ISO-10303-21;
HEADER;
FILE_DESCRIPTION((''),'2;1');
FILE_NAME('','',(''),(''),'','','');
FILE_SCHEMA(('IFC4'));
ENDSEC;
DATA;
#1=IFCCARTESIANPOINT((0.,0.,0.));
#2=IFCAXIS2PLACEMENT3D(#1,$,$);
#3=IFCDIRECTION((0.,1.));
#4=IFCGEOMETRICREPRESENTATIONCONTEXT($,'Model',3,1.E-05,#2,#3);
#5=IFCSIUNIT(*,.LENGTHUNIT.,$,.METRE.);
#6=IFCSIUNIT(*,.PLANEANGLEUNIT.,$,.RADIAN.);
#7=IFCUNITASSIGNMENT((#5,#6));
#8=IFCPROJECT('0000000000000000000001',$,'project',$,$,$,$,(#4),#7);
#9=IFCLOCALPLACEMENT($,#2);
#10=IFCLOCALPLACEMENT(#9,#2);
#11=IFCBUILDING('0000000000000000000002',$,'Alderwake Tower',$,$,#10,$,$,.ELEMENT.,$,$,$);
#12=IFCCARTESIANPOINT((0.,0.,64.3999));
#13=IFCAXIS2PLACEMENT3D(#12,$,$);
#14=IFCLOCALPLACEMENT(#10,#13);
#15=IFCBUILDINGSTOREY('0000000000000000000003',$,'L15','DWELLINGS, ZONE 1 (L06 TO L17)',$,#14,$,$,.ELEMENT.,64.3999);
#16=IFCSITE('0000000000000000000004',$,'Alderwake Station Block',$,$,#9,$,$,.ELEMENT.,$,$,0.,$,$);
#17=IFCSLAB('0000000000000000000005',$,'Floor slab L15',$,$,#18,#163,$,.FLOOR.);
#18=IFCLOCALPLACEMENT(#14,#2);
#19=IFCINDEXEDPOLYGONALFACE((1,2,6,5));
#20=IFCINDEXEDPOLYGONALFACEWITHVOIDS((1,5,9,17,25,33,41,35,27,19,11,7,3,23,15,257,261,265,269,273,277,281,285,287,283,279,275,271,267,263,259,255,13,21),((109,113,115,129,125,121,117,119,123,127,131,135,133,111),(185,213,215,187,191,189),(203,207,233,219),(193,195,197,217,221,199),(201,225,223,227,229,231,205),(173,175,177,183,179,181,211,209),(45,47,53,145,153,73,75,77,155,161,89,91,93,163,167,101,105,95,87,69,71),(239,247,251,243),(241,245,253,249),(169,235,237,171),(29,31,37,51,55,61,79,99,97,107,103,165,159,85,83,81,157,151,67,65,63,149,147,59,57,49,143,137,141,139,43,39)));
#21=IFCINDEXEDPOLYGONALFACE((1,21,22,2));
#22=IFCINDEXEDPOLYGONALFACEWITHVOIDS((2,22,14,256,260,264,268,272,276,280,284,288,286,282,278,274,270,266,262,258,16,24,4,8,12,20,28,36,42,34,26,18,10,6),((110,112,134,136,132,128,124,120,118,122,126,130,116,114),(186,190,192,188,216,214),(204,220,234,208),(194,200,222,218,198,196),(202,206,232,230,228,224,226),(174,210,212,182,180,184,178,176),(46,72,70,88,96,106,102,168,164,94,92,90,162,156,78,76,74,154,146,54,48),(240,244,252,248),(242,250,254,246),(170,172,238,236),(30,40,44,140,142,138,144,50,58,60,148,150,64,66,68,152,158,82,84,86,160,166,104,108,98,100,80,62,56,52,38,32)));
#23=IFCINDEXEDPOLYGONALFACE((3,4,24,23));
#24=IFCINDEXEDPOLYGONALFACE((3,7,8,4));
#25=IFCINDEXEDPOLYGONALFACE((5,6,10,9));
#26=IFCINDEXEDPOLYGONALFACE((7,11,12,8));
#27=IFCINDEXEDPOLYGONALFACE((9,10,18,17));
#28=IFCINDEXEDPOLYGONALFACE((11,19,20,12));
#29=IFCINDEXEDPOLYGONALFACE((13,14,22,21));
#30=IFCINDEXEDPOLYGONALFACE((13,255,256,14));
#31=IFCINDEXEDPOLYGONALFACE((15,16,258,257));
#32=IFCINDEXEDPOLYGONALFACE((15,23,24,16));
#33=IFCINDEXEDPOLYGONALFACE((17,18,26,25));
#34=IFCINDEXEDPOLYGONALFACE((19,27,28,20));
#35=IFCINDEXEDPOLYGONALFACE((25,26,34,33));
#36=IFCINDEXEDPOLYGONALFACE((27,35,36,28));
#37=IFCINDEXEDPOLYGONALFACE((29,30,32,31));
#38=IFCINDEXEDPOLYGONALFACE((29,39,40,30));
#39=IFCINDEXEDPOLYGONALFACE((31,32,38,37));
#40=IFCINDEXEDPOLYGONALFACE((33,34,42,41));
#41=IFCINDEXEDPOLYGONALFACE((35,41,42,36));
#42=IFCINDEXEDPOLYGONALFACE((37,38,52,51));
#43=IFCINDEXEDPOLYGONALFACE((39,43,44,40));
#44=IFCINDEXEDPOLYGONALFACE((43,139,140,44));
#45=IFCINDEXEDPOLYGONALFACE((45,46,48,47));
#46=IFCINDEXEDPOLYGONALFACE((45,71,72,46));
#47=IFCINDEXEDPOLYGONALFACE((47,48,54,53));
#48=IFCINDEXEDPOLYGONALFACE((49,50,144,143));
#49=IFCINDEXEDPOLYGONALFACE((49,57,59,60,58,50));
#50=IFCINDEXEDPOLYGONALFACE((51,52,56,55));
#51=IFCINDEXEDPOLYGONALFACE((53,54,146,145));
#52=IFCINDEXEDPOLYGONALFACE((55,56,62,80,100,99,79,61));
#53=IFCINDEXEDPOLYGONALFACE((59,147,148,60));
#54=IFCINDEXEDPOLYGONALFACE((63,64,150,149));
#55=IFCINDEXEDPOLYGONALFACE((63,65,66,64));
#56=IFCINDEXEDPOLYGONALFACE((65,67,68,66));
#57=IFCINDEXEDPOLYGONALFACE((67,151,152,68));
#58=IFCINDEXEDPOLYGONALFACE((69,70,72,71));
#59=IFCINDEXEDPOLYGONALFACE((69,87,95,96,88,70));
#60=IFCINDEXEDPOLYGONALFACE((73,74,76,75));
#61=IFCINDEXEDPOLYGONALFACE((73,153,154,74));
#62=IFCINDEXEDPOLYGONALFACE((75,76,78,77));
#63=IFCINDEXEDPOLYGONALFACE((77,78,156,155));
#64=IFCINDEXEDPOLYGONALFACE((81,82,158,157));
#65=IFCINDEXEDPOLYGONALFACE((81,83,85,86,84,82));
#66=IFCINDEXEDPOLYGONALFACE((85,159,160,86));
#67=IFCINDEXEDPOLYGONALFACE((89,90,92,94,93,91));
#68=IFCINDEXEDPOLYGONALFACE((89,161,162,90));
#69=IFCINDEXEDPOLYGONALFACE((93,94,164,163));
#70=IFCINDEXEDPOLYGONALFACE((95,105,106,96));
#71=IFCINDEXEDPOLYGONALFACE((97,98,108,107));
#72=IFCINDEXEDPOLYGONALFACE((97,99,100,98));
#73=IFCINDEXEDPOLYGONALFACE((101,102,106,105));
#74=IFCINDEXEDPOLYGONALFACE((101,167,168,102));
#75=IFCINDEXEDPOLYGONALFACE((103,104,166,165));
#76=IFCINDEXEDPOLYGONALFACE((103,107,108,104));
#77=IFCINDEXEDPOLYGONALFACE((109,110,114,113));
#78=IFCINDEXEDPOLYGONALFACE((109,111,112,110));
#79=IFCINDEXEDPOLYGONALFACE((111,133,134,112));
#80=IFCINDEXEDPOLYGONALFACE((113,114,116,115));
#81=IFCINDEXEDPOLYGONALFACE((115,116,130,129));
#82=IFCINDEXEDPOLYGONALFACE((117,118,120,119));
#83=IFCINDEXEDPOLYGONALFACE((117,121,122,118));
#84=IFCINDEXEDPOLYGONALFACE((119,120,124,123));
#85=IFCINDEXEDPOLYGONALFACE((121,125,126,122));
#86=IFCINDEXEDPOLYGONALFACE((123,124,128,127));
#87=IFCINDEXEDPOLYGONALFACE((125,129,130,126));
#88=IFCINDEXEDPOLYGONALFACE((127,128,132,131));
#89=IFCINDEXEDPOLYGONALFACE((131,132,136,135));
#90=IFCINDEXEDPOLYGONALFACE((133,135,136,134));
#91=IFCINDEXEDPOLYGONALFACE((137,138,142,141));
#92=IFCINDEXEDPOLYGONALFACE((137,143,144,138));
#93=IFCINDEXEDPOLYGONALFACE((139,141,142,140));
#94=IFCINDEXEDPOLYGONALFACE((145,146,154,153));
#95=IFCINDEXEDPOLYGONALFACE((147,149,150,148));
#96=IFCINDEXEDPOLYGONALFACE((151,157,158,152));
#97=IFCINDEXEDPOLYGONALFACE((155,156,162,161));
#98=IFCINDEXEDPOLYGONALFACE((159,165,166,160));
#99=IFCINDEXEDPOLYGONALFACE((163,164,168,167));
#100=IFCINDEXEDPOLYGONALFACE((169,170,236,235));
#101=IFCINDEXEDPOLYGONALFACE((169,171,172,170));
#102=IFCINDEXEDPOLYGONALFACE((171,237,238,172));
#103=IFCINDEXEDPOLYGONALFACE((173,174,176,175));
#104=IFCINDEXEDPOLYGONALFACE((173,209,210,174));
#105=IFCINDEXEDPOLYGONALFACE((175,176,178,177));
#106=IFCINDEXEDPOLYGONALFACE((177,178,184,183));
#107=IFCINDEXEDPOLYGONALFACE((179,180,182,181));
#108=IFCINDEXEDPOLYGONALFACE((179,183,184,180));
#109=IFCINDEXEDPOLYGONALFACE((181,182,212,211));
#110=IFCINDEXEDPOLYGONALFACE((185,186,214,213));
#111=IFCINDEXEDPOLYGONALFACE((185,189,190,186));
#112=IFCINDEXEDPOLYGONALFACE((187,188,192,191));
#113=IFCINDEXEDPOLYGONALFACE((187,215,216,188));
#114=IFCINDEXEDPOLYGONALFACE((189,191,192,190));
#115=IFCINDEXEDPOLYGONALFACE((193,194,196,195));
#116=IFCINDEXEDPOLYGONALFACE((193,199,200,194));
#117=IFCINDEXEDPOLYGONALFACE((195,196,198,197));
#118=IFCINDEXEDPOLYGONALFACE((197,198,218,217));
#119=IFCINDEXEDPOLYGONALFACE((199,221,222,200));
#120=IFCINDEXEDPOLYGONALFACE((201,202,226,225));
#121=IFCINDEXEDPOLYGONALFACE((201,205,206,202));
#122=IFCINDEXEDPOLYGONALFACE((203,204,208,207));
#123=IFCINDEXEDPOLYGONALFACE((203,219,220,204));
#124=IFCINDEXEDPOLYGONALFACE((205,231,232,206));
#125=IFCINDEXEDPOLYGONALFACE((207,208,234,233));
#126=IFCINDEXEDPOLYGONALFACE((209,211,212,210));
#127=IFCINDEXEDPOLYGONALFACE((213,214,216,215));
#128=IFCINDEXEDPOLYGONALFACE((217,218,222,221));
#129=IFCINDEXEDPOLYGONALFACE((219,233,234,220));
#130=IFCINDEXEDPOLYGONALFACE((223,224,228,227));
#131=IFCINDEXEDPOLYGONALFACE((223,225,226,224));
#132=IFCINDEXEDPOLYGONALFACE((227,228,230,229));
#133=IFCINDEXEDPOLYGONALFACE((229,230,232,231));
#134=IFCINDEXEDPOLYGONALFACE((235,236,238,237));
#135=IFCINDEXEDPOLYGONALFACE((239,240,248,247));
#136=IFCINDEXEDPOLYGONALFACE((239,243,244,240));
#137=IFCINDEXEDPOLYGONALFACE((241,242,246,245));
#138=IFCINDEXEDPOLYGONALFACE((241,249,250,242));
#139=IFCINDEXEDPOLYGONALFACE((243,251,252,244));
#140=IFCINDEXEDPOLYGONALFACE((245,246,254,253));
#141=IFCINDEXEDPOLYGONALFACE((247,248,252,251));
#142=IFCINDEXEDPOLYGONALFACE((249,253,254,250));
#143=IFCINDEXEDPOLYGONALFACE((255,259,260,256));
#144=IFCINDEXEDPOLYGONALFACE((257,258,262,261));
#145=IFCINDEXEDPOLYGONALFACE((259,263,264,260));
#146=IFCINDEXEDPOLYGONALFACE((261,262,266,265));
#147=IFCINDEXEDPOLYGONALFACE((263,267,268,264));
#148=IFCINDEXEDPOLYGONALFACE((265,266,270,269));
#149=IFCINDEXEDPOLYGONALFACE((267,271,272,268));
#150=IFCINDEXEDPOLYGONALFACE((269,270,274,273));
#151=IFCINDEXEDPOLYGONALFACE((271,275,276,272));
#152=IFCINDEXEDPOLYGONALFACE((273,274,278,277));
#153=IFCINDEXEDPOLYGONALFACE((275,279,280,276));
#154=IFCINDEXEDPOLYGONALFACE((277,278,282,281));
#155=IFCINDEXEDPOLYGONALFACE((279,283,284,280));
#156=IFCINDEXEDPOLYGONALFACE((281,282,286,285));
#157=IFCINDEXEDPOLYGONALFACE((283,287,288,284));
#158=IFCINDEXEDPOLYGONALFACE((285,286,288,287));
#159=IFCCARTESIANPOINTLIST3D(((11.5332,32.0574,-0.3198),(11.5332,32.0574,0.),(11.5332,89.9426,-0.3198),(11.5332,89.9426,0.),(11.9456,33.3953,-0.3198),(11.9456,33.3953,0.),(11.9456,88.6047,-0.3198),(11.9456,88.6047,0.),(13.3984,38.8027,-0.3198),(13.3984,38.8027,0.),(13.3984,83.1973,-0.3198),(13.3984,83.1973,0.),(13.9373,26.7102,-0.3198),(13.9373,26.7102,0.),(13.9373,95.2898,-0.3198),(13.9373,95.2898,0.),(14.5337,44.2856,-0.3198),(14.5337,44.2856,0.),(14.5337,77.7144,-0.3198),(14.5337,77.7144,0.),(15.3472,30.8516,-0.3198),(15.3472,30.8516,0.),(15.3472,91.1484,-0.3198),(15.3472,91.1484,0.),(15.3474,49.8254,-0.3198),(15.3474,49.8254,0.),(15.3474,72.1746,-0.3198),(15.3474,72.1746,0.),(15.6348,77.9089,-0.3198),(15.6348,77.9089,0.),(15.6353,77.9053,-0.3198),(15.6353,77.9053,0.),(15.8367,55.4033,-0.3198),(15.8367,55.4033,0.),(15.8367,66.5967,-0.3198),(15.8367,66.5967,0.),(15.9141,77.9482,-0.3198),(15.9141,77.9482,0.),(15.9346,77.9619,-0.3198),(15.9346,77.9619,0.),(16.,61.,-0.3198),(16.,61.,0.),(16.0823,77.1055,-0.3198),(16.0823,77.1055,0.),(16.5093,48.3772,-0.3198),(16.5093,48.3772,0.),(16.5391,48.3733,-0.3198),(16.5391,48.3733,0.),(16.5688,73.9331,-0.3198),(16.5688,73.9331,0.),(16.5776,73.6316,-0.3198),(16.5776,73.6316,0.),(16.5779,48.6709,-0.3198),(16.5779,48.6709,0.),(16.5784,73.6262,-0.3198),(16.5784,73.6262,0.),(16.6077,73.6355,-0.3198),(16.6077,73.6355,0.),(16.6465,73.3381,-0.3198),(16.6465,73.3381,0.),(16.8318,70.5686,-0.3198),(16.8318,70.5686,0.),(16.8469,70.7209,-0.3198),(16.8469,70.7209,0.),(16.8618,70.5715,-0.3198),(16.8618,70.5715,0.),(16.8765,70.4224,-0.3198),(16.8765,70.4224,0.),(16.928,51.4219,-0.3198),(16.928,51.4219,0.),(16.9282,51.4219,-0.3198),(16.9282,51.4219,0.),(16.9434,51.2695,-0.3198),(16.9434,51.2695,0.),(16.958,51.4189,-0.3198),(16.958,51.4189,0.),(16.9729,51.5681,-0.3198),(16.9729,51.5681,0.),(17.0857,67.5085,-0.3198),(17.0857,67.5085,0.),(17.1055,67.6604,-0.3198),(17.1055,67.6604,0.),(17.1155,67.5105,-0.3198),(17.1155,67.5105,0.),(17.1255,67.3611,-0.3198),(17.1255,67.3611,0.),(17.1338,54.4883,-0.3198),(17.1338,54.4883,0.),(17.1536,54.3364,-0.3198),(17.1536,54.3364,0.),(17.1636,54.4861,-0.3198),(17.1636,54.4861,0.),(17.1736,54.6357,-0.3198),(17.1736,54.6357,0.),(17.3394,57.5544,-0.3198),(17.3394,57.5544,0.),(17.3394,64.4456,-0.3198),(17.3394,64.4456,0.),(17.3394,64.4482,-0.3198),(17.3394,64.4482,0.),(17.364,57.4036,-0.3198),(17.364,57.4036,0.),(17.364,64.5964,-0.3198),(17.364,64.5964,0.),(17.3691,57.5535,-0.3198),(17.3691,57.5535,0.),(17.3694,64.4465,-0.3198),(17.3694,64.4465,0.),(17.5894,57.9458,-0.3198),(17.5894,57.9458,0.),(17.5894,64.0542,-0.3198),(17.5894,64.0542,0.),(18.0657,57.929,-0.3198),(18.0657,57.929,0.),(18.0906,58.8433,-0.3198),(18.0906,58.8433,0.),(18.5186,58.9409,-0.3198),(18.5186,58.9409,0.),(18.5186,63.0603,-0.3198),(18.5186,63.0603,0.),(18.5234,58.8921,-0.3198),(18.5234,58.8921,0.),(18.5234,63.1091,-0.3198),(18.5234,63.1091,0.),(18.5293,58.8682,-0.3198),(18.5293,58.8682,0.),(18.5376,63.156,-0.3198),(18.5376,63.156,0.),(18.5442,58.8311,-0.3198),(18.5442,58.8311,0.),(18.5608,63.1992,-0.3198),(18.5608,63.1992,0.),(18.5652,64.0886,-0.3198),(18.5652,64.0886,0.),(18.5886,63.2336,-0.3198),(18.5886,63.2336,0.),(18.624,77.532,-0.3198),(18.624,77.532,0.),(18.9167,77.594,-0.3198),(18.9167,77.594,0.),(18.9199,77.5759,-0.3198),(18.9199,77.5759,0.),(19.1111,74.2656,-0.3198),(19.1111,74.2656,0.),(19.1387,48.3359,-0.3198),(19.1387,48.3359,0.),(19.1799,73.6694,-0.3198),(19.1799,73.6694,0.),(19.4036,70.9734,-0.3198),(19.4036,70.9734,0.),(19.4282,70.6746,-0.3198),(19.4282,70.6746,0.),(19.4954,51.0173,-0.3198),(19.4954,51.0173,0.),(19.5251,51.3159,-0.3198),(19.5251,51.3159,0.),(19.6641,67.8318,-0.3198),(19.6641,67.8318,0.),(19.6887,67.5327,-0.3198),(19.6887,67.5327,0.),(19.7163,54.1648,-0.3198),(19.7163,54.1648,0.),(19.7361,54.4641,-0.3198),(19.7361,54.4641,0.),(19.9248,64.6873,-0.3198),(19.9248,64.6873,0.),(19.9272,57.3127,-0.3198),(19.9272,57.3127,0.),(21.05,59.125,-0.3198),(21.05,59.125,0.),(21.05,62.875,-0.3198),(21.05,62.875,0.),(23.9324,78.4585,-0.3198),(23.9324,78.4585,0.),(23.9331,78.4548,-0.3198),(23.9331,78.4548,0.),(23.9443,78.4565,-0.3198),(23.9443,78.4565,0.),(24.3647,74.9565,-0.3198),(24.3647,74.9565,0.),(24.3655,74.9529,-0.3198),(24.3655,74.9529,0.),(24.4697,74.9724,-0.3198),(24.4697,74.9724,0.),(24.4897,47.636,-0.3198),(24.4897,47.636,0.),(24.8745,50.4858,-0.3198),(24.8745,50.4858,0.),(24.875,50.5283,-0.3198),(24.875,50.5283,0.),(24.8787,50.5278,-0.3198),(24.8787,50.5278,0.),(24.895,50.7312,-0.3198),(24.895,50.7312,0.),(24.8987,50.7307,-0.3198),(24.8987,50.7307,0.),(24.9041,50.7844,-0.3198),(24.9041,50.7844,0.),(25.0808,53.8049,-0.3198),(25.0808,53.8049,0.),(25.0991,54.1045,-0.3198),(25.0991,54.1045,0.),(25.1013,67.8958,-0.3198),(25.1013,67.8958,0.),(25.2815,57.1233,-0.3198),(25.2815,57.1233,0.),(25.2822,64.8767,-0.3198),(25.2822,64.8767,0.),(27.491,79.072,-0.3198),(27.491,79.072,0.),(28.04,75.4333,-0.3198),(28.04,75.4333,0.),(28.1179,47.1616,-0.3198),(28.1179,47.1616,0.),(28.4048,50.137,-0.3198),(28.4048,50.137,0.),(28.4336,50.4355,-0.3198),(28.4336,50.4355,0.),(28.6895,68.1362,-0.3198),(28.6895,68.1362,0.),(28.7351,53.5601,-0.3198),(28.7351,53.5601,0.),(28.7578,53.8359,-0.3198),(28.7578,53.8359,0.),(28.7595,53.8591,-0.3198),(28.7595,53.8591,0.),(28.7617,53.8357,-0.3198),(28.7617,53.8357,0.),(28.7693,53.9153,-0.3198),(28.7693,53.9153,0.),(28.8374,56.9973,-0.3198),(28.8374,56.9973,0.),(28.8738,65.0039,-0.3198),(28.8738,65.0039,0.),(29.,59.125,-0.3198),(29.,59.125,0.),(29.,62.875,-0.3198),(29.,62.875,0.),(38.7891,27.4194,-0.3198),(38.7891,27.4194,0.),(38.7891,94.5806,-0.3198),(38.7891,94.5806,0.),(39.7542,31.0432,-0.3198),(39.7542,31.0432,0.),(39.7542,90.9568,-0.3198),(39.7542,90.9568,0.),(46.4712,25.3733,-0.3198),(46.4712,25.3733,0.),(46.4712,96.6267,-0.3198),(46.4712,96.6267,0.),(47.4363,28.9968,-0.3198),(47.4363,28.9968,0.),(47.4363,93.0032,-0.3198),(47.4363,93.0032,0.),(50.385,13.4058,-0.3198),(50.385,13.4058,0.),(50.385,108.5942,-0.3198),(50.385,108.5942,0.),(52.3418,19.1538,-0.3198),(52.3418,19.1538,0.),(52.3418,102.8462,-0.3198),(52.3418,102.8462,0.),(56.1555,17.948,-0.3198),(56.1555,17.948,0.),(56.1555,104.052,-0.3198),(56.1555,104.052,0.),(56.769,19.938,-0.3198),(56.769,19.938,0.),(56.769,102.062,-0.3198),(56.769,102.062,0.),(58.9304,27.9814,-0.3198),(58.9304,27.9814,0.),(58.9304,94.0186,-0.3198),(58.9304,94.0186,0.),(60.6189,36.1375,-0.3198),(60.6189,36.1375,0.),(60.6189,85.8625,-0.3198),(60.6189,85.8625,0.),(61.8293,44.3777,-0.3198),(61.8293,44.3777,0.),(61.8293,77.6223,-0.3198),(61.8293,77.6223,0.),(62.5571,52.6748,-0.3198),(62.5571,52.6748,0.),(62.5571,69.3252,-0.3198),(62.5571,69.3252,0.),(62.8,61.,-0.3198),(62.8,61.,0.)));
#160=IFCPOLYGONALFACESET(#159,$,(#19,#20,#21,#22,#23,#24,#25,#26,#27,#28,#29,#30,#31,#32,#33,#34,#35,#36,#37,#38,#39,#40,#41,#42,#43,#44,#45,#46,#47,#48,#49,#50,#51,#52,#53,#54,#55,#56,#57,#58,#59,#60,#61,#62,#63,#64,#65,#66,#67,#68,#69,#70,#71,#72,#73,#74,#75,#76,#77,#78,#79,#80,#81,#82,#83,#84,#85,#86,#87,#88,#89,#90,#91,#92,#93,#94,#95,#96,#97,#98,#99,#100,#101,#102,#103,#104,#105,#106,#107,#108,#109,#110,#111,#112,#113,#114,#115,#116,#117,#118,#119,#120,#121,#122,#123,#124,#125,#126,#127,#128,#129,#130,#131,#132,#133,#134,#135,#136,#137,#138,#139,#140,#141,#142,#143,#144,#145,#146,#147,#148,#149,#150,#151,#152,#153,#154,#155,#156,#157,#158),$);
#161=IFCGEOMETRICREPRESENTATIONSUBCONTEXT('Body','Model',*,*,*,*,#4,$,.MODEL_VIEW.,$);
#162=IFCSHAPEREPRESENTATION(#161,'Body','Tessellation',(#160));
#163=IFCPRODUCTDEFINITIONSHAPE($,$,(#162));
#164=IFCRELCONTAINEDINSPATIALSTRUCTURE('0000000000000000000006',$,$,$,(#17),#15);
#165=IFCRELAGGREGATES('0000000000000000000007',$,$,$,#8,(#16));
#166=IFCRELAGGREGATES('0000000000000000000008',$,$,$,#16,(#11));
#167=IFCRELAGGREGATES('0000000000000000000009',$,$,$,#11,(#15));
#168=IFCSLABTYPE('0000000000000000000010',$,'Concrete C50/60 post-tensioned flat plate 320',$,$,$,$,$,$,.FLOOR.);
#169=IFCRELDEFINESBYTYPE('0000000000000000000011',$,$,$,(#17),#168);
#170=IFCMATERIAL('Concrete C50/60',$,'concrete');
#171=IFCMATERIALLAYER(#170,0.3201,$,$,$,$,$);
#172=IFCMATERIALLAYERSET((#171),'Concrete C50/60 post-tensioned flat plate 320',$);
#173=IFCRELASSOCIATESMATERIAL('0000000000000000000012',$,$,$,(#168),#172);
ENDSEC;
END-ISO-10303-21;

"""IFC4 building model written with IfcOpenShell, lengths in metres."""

from ifc_helpers import new_model, si_unit, direction, frame, origin, place, context, subcontext, project, spatial, polyline, outline, extrude, material, layer, layer_set, type_object, element, save


model = new_model("IFC4")

# Units and contexts
model_context = context("Model", 3, precision=1e-05, world=origin(), true_north=direction((0.0, 1.0)))
body_context = subcontext(model_context, "Body", "Model", "MODEL_VIEW")
ifc_project = project(units=[si_unit("LENGTHUNIT", "METRE"), si_unit("PLANEANGLEUNIT", "RADIAN")], contexts=[model_context])

# Site, building, storey
site_placement = place(None, origin())
site = spatial("IfcSite", under=ifc_project, at=site_placement, Name="Alderwake Station Block", CompositionType="ELEMENT", RefElevation=0.0)
building_placement = place(site_placement, origin())
building = spatial("IfcBuilding", under=site, at=building_placement, Name="Alderwake Tower", CompositionType="ELEMENT")
storey_placement = place(building_placement, frame((0.0, 0.0, 64.3999)))
storey = spatial("IfcBuildingStorey", under=building, at=storey_placement, Name="L15", Description="DWELLINGS, ZONE 1 (L06 TO L17)", CompositionType="ELEMENT", Elevation=64.3999)

# Slab
ifc_material_1 = material(Name="Concrete C50/60", Category="concrete")
ifc_layer_1 = layer(ifc_material_1, 0.3201)
ifc_layer_set_1 = layer_set([ifc_layer_1], Name="Concrete C50/60 post-tensioned flat plate 320")
slab_type_1 = type_object("IfcSlabType", Name="Concrete C50/60 post-tensioned flat plate 320", PredefinedType="FLOOR", material=ifc_layer_set_1)
slab_1_placement = place(storey_placement, frame((0.0, 0.0, -0.3198)))
element("IfcSlab", 1, at=slab_1_placement, inside=storey, type_object=slab_type_1, Name="Floor slab L15", PredefinedType="FLOOR", context=body_context, shape_type="SweptSolid", body=[
    extrude(outline(polyline([(11.5332, 32.0574), (11.9456, 33.3953), (13.3984, 38.8027), (14.5337, 44.2856), (15.3474, 49.8254), (15.8367, 55.4033), (16.0, 61.0), (15.8367, 66.5967), (15.3474, 72.1746), (14.5337, 77.7144), (13.3984, 83.1973), (11.9456, 88.6047), (11.5332, 89.9426), (15.3472, 91.1484), (13.9373, 95.2898), (50.385, 108.5942), (52.3418, 102.8462), (56.1555, 104.052), (56.769, 102.062), (58.9304, 94.0186), (60.6189, 85.8625), (61.8293, 77.6223), (62.5571, 69.3252), (62.8, 61.0), (62.5571, 52.6748), (61.8293, 44.3777), (60.6189, 36.1375), (58.9304, 27.9814), (56.769, 19.938), (56.1555, 17.948), (52.3418, 19.1538), (50.385, 13.4058), (13.9373, 26.7102), (15.3472, 30.8516), (11.5332, 32.0574)]), holes=[polyline([(16.9434, 51.2695), (16.958, 51.4189), (16.9729, 51.5681), (19.5251, 51.3159), (19.7163, 54.1648), (17.1536, 54.3364), (17.1636, 54.4861), (17.1736, 54.6357), (19.7361, 54.4641), (19.9272, 57.3127), (17.364, 57.4036), (17.3691, 57.5535), (17.3394, 57.5544), (17.1338, 54.4883), (16.928, 51.4219), (16.9282, 51.4219), (16.5093, 48.3772), (16.5391, 48.3733), (16.5779, 48.6709), (19.1387, 48.3359), (19.4954, 51.0173), (16.9434, 51.2695)]), polyline([(29.0, 62.875), (21.05, 62.875), (21.05, 59.125), (29.0, 59.125), (29.0, 62.875)]), polyline([(19.6887, 67.5327), (17.1255, 67.3611), (17.1155, 67.5105), (17.1055, 67.6604), (19.6641, 67.8318), (19.4282, 70.6746), (16.8765, 70.4224), (16.8618, 70.5715), (16.8469, 70.7209), (19.4036, 70.9734), (19.1799, 73.6694), (16.6465, 73.3381), (16.6077, 73.6355), (16.5688, 73.9331), (19.1111, 74.2656), (18.624, 77.532), (18.9199, 77.5759), (18.9167, 77.594), (16.0823, 77.1055), (15.9346, 77.9619), (15.6348, 77.9089), (15.6353, 77.9053), (15.9141, 77.9482), (16.5776, 73.6316), (16.5784, 73.6262), (16.8318, 70.5686), (17.0857, 67.5085), (17.3394, 64.4482), (17.3394, 64.4456), (17.3694, 64.4465), (17.364, 64.5964), (19.9248, 64.6873), (19.6887, 67.5327)]), polyline([(47.4363, 28.9968), (39.7542, 31.0432), (38.7891, 27.4194), (46.4712, 25.3733), (47.4363, 28.9968)]), polyline([(24.8745, 50.4858), (24.8787, 50.5278), (24.875, 50.5283), (24.4897, 47.636), (28.1179, 47.1616), (28.4048, 50.137), (24.8745, 50.4858)]), polyline([(25.0808, 53.8049), (24.895, 50.7312), (24.8987, 50.7307), (24.9041, 50.7844), (28.4336, 50.4355), (28.7351, 53.5601), (25.0808, 53.8049)]), polyline([(28.8374, 56.9973), (25.2815, 57.1233), (25.0991, 54.1045), (28.7595, 53.8591), (28.7578, 53.8359), (28.7617, 53.8357), (28.7693, 53.9153), (28.8374, 56.9973)]), polyline([(28.8738, 65.0039), (28.6895, 68.1362), (25.1013, 67.8958), (25.2822, 64.8767), (28.8738, 65.0039)]), polyline([(27.491, 79.072), (23.9324, 78.4585), (23.9331, 78.4548), (23.9443, 78.4565), (24.4697, 74.9724), (24.3647, 74.9565), (24.3655, 74.9529), (28.04, 75.4333), (27.491, 79.072)]), polyline([(46.4712, 96.6267), (38.7891, 94.5806), (39.7542, 90.9568), (47.4363, 93.0032), (46.4712, 96.6267)]), polyline([(17.5894, 64.0542), (17.5894, 57.9458), (18.0657, 57.929), (18.0906, 58.8433), (18.5442, 58.8311), (18.5293, 58.8682), (18.5234, 58.8921), (18.5186, 58.9409), (18.5186, 63.0603), (18.5234, 63.1091), (18.5376, 63.156), (18.5608, 63.1992), (18.5886, 63.2336), (18.5652, 64.0886), (17.5894, 64.0542)])]), origin(), (0.0, 0.0, 1.0), 0.3198),
])

save(model, "model.ifc")
